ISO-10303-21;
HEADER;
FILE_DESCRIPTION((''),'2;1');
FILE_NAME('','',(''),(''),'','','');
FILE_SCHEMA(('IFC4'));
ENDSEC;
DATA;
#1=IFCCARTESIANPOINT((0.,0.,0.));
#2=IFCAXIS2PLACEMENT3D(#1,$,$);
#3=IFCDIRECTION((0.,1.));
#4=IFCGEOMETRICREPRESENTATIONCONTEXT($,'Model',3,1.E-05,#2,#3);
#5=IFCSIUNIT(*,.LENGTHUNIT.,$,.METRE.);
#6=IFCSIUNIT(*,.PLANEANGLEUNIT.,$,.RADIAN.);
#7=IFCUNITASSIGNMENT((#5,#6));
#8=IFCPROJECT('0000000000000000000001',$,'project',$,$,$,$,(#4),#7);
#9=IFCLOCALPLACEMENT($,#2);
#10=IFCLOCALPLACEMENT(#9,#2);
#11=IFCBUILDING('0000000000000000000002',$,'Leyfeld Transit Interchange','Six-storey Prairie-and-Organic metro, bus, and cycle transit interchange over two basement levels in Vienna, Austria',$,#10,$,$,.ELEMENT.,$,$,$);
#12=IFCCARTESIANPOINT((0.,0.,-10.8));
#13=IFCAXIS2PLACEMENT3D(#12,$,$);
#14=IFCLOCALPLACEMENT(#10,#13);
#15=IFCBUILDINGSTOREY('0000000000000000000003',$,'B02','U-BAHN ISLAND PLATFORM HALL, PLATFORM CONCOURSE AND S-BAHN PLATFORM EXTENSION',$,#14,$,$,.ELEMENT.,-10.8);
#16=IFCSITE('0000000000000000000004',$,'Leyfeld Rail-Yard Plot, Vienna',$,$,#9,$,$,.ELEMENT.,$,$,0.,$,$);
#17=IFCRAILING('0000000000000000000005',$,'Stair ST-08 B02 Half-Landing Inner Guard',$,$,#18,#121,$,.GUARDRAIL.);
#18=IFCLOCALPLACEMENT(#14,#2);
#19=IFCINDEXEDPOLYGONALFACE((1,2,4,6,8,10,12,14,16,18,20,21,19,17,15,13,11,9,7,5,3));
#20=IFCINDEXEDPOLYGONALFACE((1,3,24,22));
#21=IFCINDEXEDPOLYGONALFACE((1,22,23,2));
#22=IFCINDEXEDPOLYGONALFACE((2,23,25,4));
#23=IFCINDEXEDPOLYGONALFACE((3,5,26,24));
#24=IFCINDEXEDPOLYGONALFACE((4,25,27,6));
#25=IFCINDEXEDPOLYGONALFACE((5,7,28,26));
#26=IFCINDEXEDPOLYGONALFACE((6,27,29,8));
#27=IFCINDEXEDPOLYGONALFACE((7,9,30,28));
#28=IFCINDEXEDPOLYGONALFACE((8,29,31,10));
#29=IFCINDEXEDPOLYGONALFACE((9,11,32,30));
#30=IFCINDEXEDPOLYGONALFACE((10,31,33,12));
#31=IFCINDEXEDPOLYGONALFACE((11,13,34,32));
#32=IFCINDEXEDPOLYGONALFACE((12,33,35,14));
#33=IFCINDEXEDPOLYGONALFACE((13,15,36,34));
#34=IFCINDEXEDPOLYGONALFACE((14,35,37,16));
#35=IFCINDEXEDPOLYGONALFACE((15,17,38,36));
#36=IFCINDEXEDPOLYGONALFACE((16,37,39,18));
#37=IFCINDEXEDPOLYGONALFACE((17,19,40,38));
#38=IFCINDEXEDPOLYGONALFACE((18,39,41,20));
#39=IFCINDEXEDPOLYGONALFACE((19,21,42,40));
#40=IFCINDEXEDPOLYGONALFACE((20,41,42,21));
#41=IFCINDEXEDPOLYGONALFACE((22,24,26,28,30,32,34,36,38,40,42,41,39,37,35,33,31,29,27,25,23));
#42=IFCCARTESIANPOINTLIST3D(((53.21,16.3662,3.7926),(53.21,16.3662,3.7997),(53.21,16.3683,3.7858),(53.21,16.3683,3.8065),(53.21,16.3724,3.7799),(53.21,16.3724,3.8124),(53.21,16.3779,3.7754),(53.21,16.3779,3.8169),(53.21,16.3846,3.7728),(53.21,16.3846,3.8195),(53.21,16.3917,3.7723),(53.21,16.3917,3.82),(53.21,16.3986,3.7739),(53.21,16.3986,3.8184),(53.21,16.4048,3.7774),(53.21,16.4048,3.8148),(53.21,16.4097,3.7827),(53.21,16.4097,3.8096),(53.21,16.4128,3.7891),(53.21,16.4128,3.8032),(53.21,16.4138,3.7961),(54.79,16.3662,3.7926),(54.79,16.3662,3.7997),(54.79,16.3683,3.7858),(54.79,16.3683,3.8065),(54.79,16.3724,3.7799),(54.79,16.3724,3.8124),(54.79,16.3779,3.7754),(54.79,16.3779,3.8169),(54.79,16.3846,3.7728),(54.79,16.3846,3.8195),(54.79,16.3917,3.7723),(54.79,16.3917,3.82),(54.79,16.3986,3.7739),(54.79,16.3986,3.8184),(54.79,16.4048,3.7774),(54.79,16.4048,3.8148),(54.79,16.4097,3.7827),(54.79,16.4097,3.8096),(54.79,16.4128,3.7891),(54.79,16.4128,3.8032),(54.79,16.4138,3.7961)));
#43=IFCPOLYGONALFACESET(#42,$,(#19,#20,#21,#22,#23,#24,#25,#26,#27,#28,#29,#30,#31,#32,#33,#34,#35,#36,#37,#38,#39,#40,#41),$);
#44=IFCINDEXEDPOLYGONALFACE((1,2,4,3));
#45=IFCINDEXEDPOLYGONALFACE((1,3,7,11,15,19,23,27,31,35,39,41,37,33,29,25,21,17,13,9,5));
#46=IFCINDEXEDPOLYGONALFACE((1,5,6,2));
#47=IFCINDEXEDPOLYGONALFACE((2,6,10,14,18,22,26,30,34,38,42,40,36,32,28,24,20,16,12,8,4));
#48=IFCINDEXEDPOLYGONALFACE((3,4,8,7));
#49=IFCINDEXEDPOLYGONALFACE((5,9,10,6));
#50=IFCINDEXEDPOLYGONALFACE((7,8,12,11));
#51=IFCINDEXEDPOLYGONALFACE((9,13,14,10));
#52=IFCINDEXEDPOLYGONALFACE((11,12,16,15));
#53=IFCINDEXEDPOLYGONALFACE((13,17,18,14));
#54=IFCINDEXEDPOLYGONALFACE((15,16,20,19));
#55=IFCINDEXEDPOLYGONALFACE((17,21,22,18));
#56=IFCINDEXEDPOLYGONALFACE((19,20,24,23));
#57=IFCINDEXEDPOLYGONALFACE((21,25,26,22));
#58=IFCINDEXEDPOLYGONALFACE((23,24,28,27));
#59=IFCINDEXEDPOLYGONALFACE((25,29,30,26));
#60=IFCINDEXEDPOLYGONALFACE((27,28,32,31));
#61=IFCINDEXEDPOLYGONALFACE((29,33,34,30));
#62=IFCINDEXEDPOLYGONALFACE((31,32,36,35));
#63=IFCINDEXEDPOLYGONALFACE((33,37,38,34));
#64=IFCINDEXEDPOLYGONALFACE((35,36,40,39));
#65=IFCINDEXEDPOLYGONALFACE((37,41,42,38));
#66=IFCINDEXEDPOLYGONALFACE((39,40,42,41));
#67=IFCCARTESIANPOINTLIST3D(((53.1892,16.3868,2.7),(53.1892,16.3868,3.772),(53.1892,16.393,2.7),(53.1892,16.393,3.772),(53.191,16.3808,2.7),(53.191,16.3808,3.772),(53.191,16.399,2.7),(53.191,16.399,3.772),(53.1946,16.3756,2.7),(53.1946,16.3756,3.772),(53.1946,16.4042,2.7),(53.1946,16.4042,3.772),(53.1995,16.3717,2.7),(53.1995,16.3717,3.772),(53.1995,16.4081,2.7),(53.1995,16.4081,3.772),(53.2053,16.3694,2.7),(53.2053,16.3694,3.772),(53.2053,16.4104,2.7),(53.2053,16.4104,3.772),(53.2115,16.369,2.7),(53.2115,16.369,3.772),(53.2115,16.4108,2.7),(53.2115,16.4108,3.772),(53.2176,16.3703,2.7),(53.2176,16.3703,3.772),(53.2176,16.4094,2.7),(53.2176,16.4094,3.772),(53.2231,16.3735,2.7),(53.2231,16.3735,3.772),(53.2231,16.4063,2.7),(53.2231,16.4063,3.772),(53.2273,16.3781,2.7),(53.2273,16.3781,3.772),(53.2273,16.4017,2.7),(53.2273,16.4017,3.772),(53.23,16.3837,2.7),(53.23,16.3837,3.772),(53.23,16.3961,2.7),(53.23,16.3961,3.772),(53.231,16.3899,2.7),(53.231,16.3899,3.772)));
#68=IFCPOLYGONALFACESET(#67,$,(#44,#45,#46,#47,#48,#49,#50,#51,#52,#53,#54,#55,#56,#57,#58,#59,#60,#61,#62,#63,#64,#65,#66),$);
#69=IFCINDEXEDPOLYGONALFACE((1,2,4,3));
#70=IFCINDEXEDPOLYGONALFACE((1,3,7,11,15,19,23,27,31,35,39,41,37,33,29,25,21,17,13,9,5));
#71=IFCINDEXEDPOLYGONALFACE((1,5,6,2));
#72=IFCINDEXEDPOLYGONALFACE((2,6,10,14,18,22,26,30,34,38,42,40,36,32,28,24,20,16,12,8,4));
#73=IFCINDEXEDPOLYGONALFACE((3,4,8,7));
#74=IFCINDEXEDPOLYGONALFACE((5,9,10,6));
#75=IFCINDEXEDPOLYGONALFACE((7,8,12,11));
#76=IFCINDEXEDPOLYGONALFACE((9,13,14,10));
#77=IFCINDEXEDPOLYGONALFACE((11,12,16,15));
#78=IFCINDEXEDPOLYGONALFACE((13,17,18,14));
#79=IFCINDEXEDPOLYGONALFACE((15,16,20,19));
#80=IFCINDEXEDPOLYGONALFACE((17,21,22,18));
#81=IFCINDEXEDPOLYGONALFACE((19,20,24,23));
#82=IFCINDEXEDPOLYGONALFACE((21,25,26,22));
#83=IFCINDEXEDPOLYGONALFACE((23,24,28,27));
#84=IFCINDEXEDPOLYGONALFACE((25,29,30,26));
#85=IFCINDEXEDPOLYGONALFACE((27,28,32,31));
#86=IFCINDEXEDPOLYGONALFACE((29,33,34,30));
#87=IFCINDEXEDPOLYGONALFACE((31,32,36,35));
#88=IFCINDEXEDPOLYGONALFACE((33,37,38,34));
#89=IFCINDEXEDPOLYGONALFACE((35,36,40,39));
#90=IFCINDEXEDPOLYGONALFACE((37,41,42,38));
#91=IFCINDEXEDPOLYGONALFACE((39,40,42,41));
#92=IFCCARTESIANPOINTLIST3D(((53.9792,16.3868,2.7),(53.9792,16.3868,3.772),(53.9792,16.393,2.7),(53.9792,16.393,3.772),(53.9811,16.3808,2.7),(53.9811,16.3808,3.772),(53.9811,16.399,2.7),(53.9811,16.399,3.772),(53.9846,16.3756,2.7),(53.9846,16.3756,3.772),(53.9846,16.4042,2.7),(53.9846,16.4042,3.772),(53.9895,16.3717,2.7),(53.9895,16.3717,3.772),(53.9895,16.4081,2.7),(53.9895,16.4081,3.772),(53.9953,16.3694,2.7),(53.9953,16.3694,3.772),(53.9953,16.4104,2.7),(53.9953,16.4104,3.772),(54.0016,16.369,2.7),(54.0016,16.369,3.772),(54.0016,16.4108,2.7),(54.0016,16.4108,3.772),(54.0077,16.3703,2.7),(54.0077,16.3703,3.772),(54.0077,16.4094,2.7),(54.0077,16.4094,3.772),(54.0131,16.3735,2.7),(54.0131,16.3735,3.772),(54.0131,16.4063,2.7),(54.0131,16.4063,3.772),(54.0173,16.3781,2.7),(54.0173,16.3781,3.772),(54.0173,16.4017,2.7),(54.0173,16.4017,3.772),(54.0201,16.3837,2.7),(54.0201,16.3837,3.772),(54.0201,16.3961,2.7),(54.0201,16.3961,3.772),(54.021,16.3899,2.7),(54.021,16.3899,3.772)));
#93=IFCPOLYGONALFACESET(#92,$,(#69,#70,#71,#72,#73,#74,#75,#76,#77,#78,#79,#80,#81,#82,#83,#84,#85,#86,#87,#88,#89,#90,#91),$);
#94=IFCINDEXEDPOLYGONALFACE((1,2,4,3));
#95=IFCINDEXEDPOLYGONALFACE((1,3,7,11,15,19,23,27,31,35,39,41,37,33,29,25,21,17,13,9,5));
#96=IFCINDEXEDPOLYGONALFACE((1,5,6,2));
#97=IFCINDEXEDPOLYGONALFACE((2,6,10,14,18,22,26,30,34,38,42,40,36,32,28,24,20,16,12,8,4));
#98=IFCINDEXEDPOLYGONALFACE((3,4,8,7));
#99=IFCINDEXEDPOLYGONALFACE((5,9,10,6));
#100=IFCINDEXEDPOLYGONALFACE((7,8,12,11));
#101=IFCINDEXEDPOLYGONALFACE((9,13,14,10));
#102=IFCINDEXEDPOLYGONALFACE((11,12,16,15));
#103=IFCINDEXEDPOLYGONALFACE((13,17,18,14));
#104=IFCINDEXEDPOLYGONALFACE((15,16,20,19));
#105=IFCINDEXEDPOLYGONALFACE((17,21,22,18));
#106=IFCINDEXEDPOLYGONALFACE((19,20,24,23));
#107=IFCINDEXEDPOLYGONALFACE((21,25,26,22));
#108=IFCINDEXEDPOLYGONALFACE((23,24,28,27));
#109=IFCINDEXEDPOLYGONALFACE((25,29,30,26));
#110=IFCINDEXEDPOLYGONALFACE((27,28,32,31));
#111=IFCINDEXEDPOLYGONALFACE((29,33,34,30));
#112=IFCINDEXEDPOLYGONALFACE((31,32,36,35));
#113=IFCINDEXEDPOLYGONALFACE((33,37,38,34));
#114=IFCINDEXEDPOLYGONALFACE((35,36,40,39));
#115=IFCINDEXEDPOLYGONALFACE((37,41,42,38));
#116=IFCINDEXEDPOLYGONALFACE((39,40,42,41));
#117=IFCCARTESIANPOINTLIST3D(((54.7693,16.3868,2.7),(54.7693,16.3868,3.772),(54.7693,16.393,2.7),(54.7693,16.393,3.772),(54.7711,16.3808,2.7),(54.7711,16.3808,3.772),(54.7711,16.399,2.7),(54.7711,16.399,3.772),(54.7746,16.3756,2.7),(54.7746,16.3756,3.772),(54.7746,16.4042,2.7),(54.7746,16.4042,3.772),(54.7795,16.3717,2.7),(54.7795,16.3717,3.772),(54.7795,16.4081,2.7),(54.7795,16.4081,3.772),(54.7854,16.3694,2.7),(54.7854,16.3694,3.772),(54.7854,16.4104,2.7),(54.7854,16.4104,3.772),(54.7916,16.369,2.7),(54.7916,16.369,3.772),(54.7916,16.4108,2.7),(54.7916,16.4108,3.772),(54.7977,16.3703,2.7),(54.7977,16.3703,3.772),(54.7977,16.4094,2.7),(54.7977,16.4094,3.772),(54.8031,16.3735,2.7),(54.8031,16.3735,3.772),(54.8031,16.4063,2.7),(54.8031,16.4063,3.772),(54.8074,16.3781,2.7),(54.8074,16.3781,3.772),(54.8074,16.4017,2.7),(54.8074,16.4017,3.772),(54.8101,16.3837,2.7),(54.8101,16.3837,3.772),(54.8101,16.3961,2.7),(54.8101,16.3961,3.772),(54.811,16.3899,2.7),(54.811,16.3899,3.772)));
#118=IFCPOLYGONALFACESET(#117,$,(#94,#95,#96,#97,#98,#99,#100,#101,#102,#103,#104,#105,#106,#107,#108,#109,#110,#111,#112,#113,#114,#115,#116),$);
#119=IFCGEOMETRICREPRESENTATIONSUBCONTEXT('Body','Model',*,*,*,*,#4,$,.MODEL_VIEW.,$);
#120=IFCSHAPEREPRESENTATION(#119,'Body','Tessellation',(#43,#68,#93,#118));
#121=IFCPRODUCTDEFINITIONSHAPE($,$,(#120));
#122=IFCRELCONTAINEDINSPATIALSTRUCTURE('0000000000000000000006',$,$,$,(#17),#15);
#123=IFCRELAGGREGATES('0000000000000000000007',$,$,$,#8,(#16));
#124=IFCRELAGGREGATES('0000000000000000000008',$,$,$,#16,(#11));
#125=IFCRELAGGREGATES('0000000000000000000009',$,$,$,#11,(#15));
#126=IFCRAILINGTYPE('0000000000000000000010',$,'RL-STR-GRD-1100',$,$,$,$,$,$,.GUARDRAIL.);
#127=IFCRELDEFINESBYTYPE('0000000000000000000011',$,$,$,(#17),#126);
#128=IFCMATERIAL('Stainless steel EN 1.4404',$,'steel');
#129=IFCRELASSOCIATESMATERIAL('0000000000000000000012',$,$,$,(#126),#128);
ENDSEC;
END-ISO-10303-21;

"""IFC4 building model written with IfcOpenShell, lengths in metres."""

from ifc_helpers import new_model, si_unit, direction, frame, origin, origin_2d, place, context, subcontext, project, spatial, circle, extrude, material, type_object, element, save


model = new_model("IFC4")

# Units and contexts
model_context = context("Model", 3, precision=1e-05, world=origin(), true_north=direction((0.0, 1.0)))
body_context = subcontext(model_context, "Body", "Model", "MODEL_VIEW")
ifc_project = project(units=[si_unit("LENGTHUNIT", "METRE"), si_unit("PLANEANGLEUNIT", "RADIAN")], contexts=[model_context])

# Site, building, storey
site_placement = place(None, origin())
site = spatial("IfcSite", under=ifc_project, at=site_placement, Name="Leyfeld Rail-Yard Plot, Vienna", CompositionType="ELEMENT", RefElevation=0.0)
building_placement = place(site_placement, origin())
building = spatial("IfcBuilding", under=site, at=building_placement, Name="Leyfeld Transit Interchange", Description="Six-storey Prairie-and-Organic metro, bus, and cycle transit interchange over two basement levels in Vienna, Austria", CompositionType="ELEMENT")
storey_placement = place(building_placement, frame((0.0, 0.0, -10.8)))
storey = spatial("IfcBuildingStorey", under=building, at=storey_placement, Name="B02", Description="U-BAHN ISLAND PLATFORM HALL, PLATFORM CONCOURSE AND S-BAHN PLATFORM EXTENSION", CompositionType="ELEMENT", Elevation=-10.8)

# Railing
ifc_material_1 = material(Name="Stainless steel EN 1.4404", Category="steel")
railing_type_1 = type_object("IfcRailingType", Name="RL-STR-GRD-1100", PredefinedType="GUARDRAIL", material=ifc_material_1)
railing_1_placement = place(storey_placement, frame((53.21, 16.3899, 2.7)))
element("IfcRailing", 1, at=railing_1_placement, inside=storey, type_object=railing_type_1, Name="Stair ST-08 B02 Half-Landing Inner Guard", PredefinedType="GUARDRAIL", context=body_context, shape_type="SweptSolid", body=[
    extrude(circle(Radius=0.0239, at=origin_2d()), frame((0.0, 0.0, 1.0962), z_axis=(1.0, 0.0, 0.0), x_axis=(0.0, 1.0, 0.0)), (0.0, 0.0, 1.0), 1.5801),
    extrude(circle(Radius=0.021, at=origin_2d()), origin(), (0.0, 0.0, 1.0), 1.072),
    extrude(circle(Radius=0.021, at=origin_2d()), frame((0.79, 0.0, 0.0)), (0.0, 0.0, 1.0), 1.072),
    extrude(circle(Radius=0.021, at=origin_2d()), frame((1.5801, 0.0, 0.0)), (0.0, 0.0, 1.0), 1.072),
])

save(model, "model.ifc")
